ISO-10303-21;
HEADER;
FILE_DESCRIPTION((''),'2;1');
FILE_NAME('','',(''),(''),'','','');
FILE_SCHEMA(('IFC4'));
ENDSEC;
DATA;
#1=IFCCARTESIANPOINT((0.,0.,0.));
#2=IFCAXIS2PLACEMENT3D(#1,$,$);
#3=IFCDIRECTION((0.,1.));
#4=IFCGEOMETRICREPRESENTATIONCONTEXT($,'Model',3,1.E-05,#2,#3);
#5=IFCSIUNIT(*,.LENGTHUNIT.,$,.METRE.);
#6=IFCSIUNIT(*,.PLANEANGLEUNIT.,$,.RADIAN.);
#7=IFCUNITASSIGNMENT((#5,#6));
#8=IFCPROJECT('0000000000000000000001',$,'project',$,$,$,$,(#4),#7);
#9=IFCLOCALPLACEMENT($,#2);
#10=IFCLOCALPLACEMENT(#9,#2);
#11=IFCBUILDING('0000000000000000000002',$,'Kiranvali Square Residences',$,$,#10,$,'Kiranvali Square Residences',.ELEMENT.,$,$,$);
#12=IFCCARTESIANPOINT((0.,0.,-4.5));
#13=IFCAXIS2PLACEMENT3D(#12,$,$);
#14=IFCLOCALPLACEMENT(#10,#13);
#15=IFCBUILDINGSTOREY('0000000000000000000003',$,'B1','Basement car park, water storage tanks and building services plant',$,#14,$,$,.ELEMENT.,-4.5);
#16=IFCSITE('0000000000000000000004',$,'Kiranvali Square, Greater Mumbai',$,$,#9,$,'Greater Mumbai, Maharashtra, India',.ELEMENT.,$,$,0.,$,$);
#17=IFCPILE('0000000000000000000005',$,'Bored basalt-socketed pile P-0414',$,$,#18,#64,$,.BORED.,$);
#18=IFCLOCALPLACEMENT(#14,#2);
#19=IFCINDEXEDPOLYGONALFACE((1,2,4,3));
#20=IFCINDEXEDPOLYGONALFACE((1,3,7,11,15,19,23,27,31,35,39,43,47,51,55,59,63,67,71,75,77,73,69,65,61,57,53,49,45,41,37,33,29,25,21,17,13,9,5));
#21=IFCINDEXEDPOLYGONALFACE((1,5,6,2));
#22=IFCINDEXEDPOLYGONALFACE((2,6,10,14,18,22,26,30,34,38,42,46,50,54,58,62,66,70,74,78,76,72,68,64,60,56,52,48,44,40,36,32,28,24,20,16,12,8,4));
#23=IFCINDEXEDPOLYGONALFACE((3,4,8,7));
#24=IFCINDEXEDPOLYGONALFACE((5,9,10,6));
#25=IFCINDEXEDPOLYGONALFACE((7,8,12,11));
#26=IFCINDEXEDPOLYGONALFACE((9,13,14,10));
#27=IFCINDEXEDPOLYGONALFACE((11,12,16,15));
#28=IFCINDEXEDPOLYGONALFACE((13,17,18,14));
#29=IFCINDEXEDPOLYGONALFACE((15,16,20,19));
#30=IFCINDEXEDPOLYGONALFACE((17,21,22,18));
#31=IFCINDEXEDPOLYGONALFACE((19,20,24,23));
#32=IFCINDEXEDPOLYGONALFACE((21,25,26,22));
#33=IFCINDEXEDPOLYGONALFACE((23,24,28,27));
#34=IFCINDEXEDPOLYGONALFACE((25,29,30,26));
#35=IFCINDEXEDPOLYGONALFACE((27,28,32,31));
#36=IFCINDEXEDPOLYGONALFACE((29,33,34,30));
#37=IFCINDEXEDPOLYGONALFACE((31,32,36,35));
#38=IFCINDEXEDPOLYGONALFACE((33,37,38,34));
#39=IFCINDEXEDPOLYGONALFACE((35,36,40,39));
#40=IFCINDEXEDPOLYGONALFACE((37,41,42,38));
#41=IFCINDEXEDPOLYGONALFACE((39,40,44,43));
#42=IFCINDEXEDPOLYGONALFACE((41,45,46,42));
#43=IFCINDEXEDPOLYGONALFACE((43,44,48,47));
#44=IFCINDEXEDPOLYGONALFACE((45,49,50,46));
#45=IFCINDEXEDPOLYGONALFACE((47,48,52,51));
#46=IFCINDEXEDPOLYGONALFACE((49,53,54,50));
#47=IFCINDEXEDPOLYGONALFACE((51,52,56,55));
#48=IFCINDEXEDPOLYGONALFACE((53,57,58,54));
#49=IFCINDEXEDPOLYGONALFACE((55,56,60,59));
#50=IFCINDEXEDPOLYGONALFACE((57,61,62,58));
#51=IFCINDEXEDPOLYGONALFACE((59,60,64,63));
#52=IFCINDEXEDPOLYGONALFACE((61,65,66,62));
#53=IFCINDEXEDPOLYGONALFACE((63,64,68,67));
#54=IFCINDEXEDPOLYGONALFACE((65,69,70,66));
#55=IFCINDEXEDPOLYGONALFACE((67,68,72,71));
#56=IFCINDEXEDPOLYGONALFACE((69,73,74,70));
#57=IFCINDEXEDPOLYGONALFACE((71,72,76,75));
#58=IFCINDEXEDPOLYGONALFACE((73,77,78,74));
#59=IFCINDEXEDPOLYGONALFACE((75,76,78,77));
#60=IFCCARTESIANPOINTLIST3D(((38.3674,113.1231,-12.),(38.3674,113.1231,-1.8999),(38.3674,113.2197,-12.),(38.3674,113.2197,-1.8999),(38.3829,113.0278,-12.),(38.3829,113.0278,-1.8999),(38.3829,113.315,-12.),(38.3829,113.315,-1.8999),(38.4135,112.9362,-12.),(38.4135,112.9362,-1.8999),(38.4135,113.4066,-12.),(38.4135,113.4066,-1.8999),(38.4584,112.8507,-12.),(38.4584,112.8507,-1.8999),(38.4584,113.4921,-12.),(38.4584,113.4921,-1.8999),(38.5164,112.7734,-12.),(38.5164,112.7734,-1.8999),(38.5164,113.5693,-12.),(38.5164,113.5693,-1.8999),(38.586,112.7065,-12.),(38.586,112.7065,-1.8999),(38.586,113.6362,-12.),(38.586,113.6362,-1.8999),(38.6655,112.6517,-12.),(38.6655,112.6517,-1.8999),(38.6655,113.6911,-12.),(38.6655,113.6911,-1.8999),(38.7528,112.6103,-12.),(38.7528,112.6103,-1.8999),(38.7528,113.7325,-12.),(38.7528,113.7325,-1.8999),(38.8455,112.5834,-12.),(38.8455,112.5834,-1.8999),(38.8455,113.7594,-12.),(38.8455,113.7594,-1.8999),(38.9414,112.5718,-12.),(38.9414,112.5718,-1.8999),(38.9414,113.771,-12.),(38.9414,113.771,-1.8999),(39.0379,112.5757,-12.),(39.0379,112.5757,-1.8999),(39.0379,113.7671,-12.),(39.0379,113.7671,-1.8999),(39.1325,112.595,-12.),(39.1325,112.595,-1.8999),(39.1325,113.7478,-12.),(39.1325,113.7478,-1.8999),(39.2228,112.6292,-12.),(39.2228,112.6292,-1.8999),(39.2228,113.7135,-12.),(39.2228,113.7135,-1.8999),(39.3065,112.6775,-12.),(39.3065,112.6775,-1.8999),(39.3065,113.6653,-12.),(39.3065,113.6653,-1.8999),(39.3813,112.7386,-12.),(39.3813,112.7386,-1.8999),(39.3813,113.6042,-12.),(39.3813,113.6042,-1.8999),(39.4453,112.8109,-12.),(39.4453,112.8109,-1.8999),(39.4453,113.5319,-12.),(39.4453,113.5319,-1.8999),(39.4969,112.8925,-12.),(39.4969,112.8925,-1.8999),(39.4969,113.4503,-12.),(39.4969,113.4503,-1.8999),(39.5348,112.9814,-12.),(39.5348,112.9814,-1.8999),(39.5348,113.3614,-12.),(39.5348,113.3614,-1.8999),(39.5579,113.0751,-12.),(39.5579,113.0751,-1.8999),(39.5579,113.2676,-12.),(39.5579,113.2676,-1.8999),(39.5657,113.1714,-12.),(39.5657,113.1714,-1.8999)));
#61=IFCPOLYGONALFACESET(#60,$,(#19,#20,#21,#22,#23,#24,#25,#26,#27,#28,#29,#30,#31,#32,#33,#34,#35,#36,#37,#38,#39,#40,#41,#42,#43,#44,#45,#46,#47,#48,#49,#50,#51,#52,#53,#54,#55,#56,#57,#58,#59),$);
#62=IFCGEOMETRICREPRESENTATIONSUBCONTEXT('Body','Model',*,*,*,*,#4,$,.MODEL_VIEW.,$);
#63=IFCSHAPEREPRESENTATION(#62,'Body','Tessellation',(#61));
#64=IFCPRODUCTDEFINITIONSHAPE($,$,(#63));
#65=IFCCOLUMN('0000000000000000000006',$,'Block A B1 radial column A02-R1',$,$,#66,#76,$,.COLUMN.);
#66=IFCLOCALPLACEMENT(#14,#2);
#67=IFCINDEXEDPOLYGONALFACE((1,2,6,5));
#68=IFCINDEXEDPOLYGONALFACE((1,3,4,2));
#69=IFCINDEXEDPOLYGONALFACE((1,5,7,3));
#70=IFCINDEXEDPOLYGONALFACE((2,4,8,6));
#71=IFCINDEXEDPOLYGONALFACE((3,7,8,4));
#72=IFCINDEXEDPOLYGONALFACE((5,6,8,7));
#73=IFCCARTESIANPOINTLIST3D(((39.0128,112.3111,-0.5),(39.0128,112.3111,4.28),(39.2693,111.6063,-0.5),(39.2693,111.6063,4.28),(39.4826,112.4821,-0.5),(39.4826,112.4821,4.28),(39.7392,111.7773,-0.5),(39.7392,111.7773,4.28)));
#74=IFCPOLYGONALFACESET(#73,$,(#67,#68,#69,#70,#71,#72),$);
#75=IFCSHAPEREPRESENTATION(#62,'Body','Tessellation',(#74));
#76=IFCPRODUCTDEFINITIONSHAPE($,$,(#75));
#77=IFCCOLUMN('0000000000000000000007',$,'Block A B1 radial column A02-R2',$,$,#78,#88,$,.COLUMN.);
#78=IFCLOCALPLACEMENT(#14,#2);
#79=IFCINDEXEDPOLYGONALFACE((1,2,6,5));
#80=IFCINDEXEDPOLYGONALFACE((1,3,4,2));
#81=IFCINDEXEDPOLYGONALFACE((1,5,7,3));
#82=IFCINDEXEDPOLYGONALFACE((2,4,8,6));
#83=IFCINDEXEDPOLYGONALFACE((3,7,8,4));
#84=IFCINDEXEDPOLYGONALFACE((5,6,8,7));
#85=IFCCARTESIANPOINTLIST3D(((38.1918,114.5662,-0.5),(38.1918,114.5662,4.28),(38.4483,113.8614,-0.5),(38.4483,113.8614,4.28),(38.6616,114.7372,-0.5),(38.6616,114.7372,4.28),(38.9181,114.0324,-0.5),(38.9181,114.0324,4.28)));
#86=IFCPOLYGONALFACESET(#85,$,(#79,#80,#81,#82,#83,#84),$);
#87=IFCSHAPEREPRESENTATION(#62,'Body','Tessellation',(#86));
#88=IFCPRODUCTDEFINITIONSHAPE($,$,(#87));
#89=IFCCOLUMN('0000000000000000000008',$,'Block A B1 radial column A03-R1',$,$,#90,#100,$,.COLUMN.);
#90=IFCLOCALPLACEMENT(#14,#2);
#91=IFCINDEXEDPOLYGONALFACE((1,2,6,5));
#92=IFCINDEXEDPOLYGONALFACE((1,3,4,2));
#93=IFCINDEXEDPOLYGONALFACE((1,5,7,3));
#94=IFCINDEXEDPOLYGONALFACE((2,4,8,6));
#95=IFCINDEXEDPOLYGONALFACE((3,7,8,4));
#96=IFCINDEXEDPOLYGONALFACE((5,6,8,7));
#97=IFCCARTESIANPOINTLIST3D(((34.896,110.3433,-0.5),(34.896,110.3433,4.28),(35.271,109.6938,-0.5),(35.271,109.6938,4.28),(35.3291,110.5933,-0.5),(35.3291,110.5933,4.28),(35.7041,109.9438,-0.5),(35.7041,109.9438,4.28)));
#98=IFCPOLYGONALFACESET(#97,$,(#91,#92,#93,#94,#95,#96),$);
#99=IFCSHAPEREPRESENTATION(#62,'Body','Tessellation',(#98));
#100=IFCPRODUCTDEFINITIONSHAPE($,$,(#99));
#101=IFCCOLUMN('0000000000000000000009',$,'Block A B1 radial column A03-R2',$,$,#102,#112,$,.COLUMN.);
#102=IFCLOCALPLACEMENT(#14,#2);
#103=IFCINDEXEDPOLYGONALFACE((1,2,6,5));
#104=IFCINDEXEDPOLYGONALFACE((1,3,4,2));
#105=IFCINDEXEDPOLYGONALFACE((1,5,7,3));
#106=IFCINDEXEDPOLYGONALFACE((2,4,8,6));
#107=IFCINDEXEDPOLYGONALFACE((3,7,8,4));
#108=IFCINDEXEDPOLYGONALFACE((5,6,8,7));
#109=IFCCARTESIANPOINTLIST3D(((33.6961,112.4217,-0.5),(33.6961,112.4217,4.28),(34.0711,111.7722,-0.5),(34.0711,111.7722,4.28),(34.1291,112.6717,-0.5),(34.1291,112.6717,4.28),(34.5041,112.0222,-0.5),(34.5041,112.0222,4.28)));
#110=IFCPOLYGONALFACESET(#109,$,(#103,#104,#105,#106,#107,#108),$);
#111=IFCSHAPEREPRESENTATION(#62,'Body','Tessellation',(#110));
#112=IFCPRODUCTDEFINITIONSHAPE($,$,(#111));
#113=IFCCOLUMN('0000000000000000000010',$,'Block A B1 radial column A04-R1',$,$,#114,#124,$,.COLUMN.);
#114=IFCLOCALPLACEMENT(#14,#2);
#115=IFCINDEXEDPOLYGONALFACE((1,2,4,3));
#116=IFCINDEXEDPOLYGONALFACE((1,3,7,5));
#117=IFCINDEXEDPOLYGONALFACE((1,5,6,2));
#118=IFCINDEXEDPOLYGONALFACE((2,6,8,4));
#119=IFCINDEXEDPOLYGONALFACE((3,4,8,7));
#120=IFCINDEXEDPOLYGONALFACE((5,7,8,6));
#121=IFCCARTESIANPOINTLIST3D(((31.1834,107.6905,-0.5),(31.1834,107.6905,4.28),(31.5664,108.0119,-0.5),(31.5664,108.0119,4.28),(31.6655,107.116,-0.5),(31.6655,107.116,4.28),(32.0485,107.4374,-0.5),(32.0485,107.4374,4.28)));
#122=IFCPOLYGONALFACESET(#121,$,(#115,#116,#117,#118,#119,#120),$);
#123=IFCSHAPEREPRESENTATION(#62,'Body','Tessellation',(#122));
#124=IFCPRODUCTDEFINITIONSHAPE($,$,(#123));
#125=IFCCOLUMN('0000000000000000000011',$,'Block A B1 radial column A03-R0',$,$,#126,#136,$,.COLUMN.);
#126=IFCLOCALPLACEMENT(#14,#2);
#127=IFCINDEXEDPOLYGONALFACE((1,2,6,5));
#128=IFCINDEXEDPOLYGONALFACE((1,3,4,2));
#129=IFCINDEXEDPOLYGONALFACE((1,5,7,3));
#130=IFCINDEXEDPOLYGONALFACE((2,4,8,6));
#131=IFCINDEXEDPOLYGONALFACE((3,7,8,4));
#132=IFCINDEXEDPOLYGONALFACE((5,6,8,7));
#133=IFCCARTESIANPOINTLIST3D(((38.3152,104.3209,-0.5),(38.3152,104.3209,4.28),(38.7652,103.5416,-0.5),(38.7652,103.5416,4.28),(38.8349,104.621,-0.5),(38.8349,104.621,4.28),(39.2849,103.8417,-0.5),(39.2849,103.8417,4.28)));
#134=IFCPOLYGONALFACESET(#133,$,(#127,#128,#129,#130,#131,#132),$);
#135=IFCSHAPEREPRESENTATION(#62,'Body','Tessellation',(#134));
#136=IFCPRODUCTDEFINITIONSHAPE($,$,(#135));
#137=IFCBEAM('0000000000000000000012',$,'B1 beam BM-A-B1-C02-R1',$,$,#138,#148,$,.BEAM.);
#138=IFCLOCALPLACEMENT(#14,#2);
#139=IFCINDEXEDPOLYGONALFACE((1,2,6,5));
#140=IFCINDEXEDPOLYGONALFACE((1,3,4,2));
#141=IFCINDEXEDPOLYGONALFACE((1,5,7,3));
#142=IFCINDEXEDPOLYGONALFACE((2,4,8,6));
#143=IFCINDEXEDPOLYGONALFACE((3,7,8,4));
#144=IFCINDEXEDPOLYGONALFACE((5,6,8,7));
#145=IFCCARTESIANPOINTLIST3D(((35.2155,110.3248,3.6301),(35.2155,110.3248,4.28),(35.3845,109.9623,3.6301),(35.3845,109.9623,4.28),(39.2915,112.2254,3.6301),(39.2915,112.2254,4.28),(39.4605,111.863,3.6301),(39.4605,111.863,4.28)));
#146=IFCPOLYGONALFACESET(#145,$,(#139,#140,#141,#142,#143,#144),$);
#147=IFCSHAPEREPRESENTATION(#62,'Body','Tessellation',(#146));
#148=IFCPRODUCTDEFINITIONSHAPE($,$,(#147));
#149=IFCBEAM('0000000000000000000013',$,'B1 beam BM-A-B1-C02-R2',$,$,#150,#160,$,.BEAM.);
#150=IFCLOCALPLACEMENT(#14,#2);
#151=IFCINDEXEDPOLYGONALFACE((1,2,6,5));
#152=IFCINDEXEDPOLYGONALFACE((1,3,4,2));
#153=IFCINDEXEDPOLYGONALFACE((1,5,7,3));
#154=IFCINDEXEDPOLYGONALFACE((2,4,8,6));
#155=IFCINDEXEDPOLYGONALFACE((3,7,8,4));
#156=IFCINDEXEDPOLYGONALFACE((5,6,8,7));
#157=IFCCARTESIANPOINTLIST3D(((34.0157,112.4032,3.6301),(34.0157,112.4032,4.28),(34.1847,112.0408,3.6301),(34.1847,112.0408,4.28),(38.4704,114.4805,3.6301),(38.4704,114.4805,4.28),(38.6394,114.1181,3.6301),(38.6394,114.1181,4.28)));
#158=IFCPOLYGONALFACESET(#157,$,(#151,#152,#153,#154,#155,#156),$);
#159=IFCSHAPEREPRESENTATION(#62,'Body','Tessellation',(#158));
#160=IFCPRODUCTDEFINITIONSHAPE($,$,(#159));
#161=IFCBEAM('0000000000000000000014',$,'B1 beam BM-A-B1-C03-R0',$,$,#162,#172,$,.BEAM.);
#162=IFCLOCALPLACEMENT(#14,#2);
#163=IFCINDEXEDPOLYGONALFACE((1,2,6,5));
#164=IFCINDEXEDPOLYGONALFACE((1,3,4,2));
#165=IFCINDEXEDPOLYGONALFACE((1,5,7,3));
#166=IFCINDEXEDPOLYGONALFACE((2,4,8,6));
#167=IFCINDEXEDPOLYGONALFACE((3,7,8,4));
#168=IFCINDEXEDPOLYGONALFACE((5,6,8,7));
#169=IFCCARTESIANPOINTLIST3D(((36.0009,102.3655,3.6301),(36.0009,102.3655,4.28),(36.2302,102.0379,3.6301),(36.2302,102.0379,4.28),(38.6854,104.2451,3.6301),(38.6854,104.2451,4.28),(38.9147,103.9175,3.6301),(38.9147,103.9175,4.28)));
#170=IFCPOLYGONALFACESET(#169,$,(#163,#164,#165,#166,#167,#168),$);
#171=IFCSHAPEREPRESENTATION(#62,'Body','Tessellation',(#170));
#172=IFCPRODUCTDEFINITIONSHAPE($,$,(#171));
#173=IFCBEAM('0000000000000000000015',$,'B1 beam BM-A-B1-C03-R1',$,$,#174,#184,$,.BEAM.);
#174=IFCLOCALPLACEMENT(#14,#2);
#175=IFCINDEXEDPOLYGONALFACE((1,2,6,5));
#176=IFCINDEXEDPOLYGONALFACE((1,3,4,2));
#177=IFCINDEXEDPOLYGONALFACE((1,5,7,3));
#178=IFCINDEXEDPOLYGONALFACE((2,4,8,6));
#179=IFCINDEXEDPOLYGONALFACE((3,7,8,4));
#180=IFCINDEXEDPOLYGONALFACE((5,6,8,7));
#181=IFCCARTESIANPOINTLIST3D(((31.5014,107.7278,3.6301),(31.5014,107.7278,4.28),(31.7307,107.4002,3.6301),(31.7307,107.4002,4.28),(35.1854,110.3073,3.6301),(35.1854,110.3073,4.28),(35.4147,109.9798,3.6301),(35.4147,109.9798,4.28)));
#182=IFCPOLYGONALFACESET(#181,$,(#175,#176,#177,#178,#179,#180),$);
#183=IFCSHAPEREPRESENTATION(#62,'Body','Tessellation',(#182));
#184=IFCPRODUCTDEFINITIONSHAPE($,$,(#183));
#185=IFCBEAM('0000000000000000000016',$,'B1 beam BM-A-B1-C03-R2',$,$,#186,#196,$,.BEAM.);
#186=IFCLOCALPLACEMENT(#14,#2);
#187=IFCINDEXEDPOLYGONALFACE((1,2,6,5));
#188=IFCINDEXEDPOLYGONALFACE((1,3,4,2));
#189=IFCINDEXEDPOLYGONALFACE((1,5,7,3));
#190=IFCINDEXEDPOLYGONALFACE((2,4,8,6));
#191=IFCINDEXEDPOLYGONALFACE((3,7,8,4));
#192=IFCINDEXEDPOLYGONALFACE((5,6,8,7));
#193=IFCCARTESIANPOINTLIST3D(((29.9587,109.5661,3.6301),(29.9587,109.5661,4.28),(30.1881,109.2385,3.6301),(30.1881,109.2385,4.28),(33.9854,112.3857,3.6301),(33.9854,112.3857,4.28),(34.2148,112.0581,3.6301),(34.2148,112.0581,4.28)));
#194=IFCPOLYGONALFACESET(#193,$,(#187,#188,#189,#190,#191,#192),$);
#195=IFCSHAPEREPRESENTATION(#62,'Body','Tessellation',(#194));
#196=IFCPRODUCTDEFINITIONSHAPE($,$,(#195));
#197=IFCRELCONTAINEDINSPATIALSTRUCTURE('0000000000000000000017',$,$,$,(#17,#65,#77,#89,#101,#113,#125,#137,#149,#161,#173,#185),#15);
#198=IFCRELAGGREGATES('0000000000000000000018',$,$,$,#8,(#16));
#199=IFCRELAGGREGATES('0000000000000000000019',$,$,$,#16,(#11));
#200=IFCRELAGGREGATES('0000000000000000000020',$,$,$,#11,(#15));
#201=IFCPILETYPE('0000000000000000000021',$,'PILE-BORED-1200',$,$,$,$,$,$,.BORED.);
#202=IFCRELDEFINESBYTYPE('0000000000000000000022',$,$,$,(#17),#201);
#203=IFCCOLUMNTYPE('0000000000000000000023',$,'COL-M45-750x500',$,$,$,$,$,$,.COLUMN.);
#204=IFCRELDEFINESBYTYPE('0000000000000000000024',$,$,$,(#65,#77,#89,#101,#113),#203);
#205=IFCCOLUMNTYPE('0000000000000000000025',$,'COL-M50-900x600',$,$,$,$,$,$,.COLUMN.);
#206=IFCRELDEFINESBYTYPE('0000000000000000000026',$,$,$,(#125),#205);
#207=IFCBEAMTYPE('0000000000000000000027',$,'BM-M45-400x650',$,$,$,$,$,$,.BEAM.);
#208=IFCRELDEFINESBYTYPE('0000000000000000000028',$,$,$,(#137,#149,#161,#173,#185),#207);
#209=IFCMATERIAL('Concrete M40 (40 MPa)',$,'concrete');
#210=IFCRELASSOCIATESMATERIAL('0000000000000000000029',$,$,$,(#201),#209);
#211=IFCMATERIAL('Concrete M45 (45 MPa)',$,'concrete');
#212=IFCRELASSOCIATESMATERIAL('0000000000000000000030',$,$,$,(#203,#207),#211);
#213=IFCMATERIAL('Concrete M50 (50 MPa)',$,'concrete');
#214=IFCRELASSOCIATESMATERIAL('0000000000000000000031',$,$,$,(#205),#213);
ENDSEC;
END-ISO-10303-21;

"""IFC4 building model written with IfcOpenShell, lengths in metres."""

from ifc_helpers import new_model, si_unit, direction, frame, origin, origin_2d, place, context, subcontext, project, spatial, rectangle, circle, extrude, material, material_profile, profile_set, type_object, element, save


model = new_model("IFC4")

# Units and contexts
model_context = context("Model", 3, precision=1e-05, world=origin(), true_north=direction((0.0, 1.0)))
body_context = subcontext(model_context, "Body", "Model", "MODEL_VIEW")
ifc_project = project(units=[si_unit("LENGTHUNIT", "METRE"), si_unit("PLANEANGLEUNIT", "RADIAN")], contexts=[model_context])

# Site, building, storey
site_placement = place(None, origin())
site = spatial("IfcSite", under=ifc_project, at=site_placement, Name="Kiranvali Square, Greater Mumbai", LongName="Greater Mumbai, Maharashtra, India", CompositionType="ELEMENT", RefElevation=0.0)
building_placement = place(site_placement, origin())
building = spatial("IfcBuilding", under=site, at=building_placement, Name="Kiranvali Square Residences", LongName="Kiranvali Square Residences", CompositionType="ELEMENT")
storey_placement = place(building_placement, frame((0.0, 0.0, -4.5)))
storey = spatial("IfcBuildingStorey", under=building, at=storey_placement, Name="B1", Description="Basement car park, water storage tanks and building services plant", CompositionType="ELEMENT", Elevation=-4.5)

# Shared definitions
ifc_material_1 = material(Name="Concrete M40 (40 MPa)", Category="concrete")

# Pile
ifc_material_profile_1 = material_profile(ifc_material_1, circle(Radius=0.6001, at=origin_2d()), Name="BORED PILE 1200")
ifc_profile_set_1 = profile_set([ifc_material_profile_1], Name="Concrete M40 (40 MPa)")
pile_type = type_object("IfcPileType", Name="PILE-BORED-1200", PredefinedType="BORED", material=ifc_profile_set_1)
pile_placement = place(storey_placement, frame((38.9656, 113.1714, -1.8999), z_axis=(0.0, 0.0, -1.0), x_axis=(1.0, 0.0, 0.0)))
element("IfcPile", 1, at=pile_placement, inside=storey, type_object=pile_type, Name="Bored basalt-socketed pile P-0414", PredefinedType="BORED", context=body_context, shape_type="SweptSolid", body=[
    extrude(circle(Radius=0.6001, at=origin_2d()), origin(), (0.0, 0.0, 1.0), 10.1001),
])

# Columns
ifc_material_2 = material(Name="Concrete M45 (45 MPa)", Category="concrete")
ifc_material_profile_2 = material_profile(ifc_material_2, rectangle(XDim=0.5, YDim=0.75, at=origin_2d()), Name="RC 750x500")
ifc_profile_set_2 = profile_set([ifc_material_profile_2], Name="Concrete M45 (45 MPa)")
column_type_1 = type_object("IfcColumnType", Name="COL-M45-750x500", PredefinedType="COLUMN", material=ifc_profile_set_2)
for number, where, z_axis, x_axis, name in (
    (2, (39.376, 112.0442, -0.5), (0.0, 0.0, 1.0), (0.939693, 0.34202, 0.0), "Block A B1 radial column A02-R1"),
    (3, (38.5549, 114.2993, -0.5), (0.0, 0.0, 1.0), (0.939693, 0.34202, 0.0), "Block A B1 radial column A02-R2"),
    (4, (35.3, 110.1436, -0.5), (0.0, 0.0, 1.0), (0.866025, 0.5, 0.0), "Block A B1 radial column A03-R1"),
    (5, (34.1001, 112.2219, -0.5), (0.0, 0.0, 1.0), (0.866025, 0.5, 0.0), "Block A B1 radial column A03-R2"),
    (6, (31.616, 107.564, -0.5), (0.0, 0.0, 1.0), (0.766044, 0.642788, 0.0), "Block A B1 radial column A04-R1"),
):
    element("IfcColumn", number, at=place(storey_placement, frame(where, z_axis=z_axis, x_axis=x_axis)), inside=storey, type_object=column_type_1, Name=name, PredefinedType="COLUMN", context=body_context, shape_type="SweptSolid", body=[
        extrude(rectangle(XDim=0.5, YDim=0.75, at=origin_2d()), origin(), (0.0, 0.0, 1.0), 4.78),
    ])
ifc_material_3 = material(Name="Concrete M50 (50 MPa)", Category="concrete")
ifc_material_profile_3 = material_profile(ifc_material_3, rectangle(XDim=0.6001, YDim=0.8999, at=origin_2d()), Name="RC 900x600")
ifc_profile_set_3 = profile_set([ifc_material_profile_3], Name="Concrete M50 (50 MPa)")
column_type_2 = type_object("IfcColumnType", Name="COL-M50-900x600", PredefinedType="COLUMN", material=ifc_profile_set_3)
column_placement = place(storey_placement, frame((38.8, 104.0813, -0.5), z_axis=(0.0, 0.0, 1.0), x_axis=(0.866025, 0.5, 0.0)))
element("IfcColumn", 7, at=column_placement, inside=storey, type_object=column_type_2, Name="Block A B1 radial column A03-R0", PredefinedType="COLUMN", context=body_context, shape_type="SweptSolid", body=[
    extrude(rectangle(XDim=0.6001, YDim=0.8999, at=origin_2d()), origin(), (0.0, 0.0, 1.0), 4.78),
])

# Beams
ifc_material_profile_4 = material_profile(ifc_material_2, rectangle(XDim=0.3999, YDim=0.6499, at=origin_2d()), Name="RC 400x650")
ifc_profile_set_4 = profile_set([ifc_material_profile_4], Name="Concrete M45 (45 MPa)")
beam_type = type_object("IfcBeamType", Name="BM-M45-400x650", PredefinedType="BEAM", material=ifc_profile_set_4)
beam_1_placement = place(storey_placement, frame((39.376, 112.0442, 3.9551), z_axis=(-0.906308, -0.422618, 0.0), x_axis=(0.422618, -0.906308, 0.0)))
element("IfcBeam", 8, at=beam_1_placement, inside=storey, type_object=beam_type, Name="B1 beam BM-A-B1-C02-R1", PredefinedType="BEAM", context=body_context, shape_type="SweptSolid", body=[
    extrude(rectangle(XDim=0.3999, YDim=0.6499, at=origin_2d()), origin(), (0.0, 0.0, 1.0), 4.4973),
])
beam_2_placement = place(storey_placement, frame((38.5549, 114.2993, 3.9551), z_axis=(-0.906302, -0.42263, 0.0), x_axis=(0.42263, -0.906302, 0.0)))
element("IfcBeam", 9, at=beam_2_placement, inside=storey, type_object=beam_type, Name="B1 beam BM-A-B1-C02-R2", PredefinedType="BEAM", context=body_context, shape_type="SweptSolid", body=[
    extrude(rectangle(XDim=0.3999, YDim=0.6499, at=origin_2d()), origin(), (0.0, 0.0, 1.0), 4.9153),
])
beam_3_placement = place(storey_placement, frame((38.8, 104.0813, 3.9551), z_axis=(-0.819169, -0.573552, 0.0), x_axis=(0.573552, -0.819169, 0.0)))
element("IfcBeam", 10, at=beam_3_placement, inside=storey, type_object=beam_type, Name="B1 beam BM-A-B1-C03-R0", PredefinedType="BEAM", context=body_context, shape_type="SweptSolid", body=[
    extrude(rectangle(XDim=0.3999, YDim=0.6499, at=origin_2d()), origin(), (0.0, 0.0, 1.0), 3.2771),
])
beam_4_placement = place(storey_placement, frame((35.3, 110.1436, 3.9551), z_axis=(-0.819155, -0.573572, 0.0), x_axis=(0.573572, -0.819155, 0.0)))
element("IfcBeam", 11, at=beam_4_placement, inside=storey, type_object=beam_type, Name="B1 beam BM-A-B1-C03-R1", PredefinedType="BEAM", context=body_context, shape_type="SweptSolid", body=[
    extrude(rectangle(XDim=0.3999, YDim=0.6499, at=origin_2d()), origin(), (0.0, 0.0, 1.0), 4.4973),
])
beam_5_placement = place(storey_placement, frame((34.1001, 112.2219, 3.9551), z_axis=(-0.819141, -0.573592, 0.0), x_axis=(0.573592, -0.819141, 0.0)))
element("IfcBeam", 12, at=beam_5_placement, inside=storey, type_object=beam_type, Name="B1 beam BM-A-B1-C03-R2", PredefinedType="BEAM", context=body_context, shape_type="SweptSolid", body=[
    extrude(rectangle(XDim=0.3999, YDim=0.6499, at=origin_2d()), origin(), (0.0, 0.0, 1.0), 4.9158),
])

save(model, "model.ifc")
